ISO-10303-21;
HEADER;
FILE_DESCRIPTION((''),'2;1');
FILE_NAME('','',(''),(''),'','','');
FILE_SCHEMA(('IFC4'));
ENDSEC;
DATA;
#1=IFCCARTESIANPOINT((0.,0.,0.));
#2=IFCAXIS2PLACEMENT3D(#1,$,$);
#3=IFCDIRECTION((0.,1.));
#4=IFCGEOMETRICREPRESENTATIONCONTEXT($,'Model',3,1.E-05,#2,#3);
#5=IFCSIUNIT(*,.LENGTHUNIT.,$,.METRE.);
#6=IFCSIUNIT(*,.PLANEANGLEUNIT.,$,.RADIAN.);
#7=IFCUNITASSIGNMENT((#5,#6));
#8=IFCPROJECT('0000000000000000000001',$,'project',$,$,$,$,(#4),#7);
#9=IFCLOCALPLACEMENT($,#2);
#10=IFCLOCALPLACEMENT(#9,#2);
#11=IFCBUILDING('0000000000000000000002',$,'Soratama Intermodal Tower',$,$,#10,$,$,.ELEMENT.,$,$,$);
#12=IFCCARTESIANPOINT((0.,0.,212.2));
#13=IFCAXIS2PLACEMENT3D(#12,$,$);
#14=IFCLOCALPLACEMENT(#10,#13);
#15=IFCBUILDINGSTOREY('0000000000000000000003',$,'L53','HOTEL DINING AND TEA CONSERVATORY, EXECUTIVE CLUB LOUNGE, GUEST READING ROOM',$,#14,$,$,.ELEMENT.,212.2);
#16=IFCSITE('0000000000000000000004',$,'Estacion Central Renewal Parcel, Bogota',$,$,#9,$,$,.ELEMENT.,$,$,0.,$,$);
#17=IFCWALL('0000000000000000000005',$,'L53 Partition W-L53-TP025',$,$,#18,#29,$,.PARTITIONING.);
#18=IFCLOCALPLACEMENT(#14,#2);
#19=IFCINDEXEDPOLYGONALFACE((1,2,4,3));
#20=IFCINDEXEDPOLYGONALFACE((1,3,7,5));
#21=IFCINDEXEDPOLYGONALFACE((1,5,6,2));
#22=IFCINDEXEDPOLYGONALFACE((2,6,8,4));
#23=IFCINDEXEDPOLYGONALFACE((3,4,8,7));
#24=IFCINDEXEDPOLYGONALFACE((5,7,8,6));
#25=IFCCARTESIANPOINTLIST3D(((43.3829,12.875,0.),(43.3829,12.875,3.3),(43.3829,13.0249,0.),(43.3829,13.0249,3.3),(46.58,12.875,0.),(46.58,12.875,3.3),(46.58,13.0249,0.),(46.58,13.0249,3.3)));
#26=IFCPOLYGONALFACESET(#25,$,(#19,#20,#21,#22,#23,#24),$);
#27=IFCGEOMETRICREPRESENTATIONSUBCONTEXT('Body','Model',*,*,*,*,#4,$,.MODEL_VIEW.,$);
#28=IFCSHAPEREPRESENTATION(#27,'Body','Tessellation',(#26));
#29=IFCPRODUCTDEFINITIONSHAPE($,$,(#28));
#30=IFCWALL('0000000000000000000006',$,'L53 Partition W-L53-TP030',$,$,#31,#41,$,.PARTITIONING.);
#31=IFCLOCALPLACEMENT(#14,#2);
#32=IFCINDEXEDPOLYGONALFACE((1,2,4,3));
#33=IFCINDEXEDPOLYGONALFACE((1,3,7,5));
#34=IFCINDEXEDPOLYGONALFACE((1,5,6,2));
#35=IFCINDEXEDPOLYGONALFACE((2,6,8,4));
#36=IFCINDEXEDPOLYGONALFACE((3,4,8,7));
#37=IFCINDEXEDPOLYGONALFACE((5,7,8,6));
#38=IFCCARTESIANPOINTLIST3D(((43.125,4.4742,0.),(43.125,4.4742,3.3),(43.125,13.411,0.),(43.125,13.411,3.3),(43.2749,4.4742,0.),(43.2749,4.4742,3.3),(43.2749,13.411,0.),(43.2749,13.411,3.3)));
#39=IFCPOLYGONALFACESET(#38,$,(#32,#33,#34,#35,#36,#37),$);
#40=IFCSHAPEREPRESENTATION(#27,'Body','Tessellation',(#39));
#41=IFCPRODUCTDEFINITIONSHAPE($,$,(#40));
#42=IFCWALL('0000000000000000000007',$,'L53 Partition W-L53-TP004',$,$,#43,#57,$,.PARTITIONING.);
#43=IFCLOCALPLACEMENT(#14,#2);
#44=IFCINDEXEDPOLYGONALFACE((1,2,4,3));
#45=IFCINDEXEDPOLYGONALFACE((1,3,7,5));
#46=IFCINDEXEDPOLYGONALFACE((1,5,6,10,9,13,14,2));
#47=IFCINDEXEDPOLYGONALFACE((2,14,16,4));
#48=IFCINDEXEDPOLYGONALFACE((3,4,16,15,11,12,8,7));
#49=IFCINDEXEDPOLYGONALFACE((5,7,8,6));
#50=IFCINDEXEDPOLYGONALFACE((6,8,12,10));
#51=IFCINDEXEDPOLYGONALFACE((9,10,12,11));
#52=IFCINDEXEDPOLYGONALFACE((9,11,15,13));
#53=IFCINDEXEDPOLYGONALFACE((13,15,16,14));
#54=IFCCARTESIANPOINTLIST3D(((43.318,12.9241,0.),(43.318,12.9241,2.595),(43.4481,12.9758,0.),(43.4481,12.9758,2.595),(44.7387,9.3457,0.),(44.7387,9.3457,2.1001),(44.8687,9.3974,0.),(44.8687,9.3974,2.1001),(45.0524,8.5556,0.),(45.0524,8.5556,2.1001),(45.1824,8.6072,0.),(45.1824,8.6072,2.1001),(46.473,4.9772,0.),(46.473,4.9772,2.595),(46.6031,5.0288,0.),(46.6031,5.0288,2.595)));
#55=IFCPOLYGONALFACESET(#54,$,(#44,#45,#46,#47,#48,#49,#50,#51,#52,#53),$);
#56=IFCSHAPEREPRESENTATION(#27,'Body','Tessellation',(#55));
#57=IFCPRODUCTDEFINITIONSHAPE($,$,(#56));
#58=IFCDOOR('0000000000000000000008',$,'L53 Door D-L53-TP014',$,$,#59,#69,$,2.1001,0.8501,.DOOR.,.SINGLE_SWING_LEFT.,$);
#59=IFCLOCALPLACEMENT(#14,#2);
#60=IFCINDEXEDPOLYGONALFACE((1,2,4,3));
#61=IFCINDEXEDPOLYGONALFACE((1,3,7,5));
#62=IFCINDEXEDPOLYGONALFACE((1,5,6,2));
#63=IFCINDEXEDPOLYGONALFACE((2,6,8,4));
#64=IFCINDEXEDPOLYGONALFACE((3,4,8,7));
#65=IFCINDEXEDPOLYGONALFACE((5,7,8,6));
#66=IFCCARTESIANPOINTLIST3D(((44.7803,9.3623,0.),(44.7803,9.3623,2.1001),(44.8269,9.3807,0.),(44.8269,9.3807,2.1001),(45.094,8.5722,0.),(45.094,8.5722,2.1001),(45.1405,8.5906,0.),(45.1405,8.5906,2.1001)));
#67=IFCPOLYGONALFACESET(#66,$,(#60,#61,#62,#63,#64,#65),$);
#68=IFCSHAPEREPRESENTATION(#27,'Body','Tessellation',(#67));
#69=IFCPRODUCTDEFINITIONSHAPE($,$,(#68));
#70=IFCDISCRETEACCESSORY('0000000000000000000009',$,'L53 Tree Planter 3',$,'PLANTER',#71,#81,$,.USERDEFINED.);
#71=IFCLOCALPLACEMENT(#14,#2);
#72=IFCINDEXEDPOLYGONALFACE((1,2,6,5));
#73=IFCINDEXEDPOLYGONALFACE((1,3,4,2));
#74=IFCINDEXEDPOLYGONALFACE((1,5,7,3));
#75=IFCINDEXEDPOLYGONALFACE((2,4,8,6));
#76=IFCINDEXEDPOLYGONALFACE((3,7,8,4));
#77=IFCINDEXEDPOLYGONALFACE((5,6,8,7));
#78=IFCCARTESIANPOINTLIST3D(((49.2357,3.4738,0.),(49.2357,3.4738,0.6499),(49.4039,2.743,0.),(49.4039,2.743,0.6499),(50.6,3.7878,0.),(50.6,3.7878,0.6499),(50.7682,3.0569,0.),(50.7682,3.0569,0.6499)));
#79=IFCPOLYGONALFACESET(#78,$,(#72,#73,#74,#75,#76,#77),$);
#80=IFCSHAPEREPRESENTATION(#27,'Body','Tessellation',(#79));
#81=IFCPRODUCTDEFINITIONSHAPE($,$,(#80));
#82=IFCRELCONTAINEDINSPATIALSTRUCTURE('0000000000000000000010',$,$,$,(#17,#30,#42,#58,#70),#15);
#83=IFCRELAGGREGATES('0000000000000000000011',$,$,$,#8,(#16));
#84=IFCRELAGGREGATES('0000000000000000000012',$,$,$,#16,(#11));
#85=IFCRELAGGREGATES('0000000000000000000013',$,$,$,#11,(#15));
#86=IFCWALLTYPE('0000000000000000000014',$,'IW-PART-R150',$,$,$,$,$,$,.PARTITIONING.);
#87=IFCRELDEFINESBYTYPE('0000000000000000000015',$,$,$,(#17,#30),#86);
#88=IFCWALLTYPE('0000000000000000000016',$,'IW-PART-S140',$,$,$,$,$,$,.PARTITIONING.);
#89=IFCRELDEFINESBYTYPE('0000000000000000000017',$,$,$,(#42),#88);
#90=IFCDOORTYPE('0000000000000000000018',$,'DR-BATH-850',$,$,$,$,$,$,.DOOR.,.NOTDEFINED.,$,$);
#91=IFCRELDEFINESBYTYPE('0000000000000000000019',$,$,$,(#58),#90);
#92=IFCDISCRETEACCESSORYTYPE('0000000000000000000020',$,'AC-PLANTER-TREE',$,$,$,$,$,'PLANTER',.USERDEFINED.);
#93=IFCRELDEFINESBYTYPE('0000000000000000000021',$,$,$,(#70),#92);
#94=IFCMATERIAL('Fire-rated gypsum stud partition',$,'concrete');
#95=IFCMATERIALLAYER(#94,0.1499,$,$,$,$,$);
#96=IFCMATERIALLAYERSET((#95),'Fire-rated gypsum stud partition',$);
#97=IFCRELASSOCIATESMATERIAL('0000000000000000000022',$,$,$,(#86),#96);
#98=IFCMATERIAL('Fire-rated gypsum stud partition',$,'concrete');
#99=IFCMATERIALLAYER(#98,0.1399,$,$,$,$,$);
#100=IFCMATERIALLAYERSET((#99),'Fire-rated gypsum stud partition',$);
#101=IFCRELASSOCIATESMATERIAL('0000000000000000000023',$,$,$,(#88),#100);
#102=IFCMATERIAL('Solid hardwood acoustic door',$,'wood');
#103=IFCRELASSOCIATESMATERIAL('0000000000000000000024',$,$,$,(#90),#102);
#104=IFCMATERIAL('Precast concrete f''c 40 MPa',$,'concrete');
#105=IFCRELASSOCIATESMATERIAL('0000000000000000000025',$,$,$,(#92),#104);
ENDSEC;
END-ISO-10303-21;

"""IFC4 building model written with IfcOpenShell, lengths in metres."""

from ifc_helpers import new_model, si_unit, direction, frame, frame_2d, origin, origin_2d, place, context, subcontext, project, spatial, rectangle, extrude, material, layer, layer_set, type_object, element, fill, save


model = new_model("IFC4")

# Units and contexts
model_context = context("Model", 3, precision=1e-05, world=origin(), true_north=direction((0.0, 1.0)))
body_context = subcontext(model_context, "Body", "Model", "MODEL_VIEW")
ifc_project = project(units=[si_unit("LENGTHUNIT", "METRE"), si_unit("PLANEANGLEUNIT", "RADIAN")], contexts=[model_context])

# Site, building, storey
site_placement = place(None, origin())
site = spatial("IfcSite", under=ifc_project, at=site_placement, Name="Estacion Central Renewal Parcel, Bogota", CompositionType="ELEMENT", RefElevation=0.0)
building_placement = place(site_placement, origin())
building = spatial("IfcBuilding", under=site, at=building_placement, Name="Soratama Intermodal Tower", CompositionType="ELEMENT")
storey_placement = place(building_placement, frame((0.0, 0.0, 212.2)))
storey = spatial("IfcBuildingStorey", under=building, at=storey_placement, Name="L53", Description="HOTEL DINING AND TEA CONSERVATORY, EXECUTIVE CLUB LOUNGE, GUEST READING ROOM", CompositionType="ELEMENT", Elevation=212.2)

# Shared definitions
ifc_material_1 = material(Name="Fire-rated gypsum stud partition", Category="concrete")
ifc_layer_1 = layer(ifc_material_1, 0.1499)
ifc_layer_set_1 = layer_set([ifc_layer_1], Name="Fire-rated gypsum stud partition")
wall_type_1 = type_object("IfcWallType", Name="IW-PART-R150", PredefinedType="PARTITIONING", material=ifc_layer_set_1)

# Walls
wall_1_placement = place(storey_placement, frame((46.5801, 12.95, 0.0), z_axis=(0.0, 0.0, 1.0), x_axis=(-1.0, 0.0, 0.0)))
element("IfcWall", 1, at=wall_1_placement, inside=storey, type_object=wall_type_1, Name="L53 Partition W-L53-TP025", PredefinedType="PARTITIONING", context=body_context, shape_type="SweptSolid", body=[
    extrude(rectangle(XDim=3.197, YDim=0.1499, at=frame_2d((1.5986, 0.0))), origin(), (0.0, 0.0, 1.0), 3.3),
])
wall_2_placement = place(storey_placement, frame((43.2, 13.4109, 0.0), z_axis=(0.0, 0.0, 1.0), x_axis=(0.0, -1.0, 0.0)))
element("IfcWall", 2, at=wall_2_placement, inside=storey, type_object=wall_type_1, Name="L53 Partition W-L53-TP030", PredefinedType="PARTITIONING", context=body_context, shape_type="SweptSolid", body=[
    extrude(rectangle(XDim=8.9368, YDim=0.1499, at=frame_2d((4.4683, 0.0))), origin(), (0.0, 0.0, 1.0), 3.3),
])

# Wall, opening, door
ifc_material_2 = material(Name="Fire-rated gypsum stud partition", Category="concrete")
ifc_layer_2 = layer(ifc_material_2, 0.1399)
ifc_layer_set_2 = layer_set([ifc_layer_2], Name="Fire-rated gypsum stud partition")
wall_type_2 = type_object("IfcWallType", Name="IW-PART-S140", PredefinedType="PARTITIONING", material=ifc_layer_set_2)
wall_3_placement = place(storey_placement, frame((43.3831, 12.95, 0.0), z_axis=(0.0, 0.0, 1.0), x_axis=(0.368992, -0.929433, 0.0)))
wall_3 = element("IfcWall", 3, at=wall_3_placement, inside=storey, type_object=wall_type_2, Name="L53 Partition W-L53-TP004", PredefinedType="PARTITIONING", context=body_context, shape_type="SweptSolid", body=[
    extrude(rectangle(XDim=8.5503, YDim=0.1399, at=frame_2d((4.2751, 0.0))), origin(), (0.0, 0.0, 1.0), 2.595),
])
opening_1_placement = place(wall_3_placement, frame((3.8501, 0.0, 0.0)))
opening_1 = element("IfcOpeningElement", 4, at=opening_1_placement, cuts=wall_3, PredefinedType="OPENING", context=body_context, shape_type="SweptSolid", body=[
    extrude(rectangle(XDim=0.8501, YDim=2.1001, at=frame_2d((0.425, 1.05))), frame((0.0, 0.0798, 0.0), z_axis=(0.0, -1.0, 0.0), x_axis=(1.0, 0.0, 0.0)), (0.0, 0.0, 1.0), 0.1599),
])
ifc_material_3 = material(Name="Solid hardwood acoustic door", Category="wood")
door_type_1 = type_object("IfcDoorType", Name="DR-BATH-850", OperationType="NOTDEFINED", PredefinedType="DOOR", material=ifc_material_3)
door_1_placement = place(opening_1_placement, origin())
door_1 = element("IfcDoor", 5, at=door_1_placement, inside=storey, type_object=door_type_1, Name="L53 Door D-L53-TP014", OperationType="SINGLE_SWING_LEFT", OverallHeight=2.1001, OverallWidth=0.8501, PredefinedType="DOOR", context=body_context, shape_type="SweptSolid", body=[
    extrude(rectangle(XDim=0.8501, YDim=2.1001, at=frame_2d((0.425, 1.05))), frame((0.0, 0.0249, 0.0), z_axis=(0.0, -1.0, 0.0), x_axis=(1.0, 0.0, 0.0)), (0.0, 0.0, 1.0), 0.05),
])
fill(opening_1, door_1)

# Discrete accessory
ifc_material_4 = material(Name="Precast concrete f'c 40 MPa", Category="concrete")
discrete_accessory_type = type_object("IfcDiscreteAccessoryType", Name="AC-PLANTER-TREE", ElementType="PLANTER", PredefinedType="USERDEFINED", material=ifc_material_4)
discrete_accessory_placement = place(storey_placement, frame((50.002, 3.2654, 0.0), z_axis=(0.0, 0.0, 1.0), x_axis=(0.224271, -0.974527, 0.0)))
element("IfcDiscreteAccessory", 6, at=discrete_accessory_placement, inside=storey, type_object=discrete_accessory_type, Name="L53 Tree Planter 3", ObjectType="PLANTER", PredefinedType="USERDEFINED", context=body_context, shape_type="SweptSolid", body=[
    extrude(rectangle(XDim=0.75, YDim=1.3999, at=origin_2d()), origin(), (0.0, 0.0, 1.0), 0.6499),
])

save(model, "model.ifc")
